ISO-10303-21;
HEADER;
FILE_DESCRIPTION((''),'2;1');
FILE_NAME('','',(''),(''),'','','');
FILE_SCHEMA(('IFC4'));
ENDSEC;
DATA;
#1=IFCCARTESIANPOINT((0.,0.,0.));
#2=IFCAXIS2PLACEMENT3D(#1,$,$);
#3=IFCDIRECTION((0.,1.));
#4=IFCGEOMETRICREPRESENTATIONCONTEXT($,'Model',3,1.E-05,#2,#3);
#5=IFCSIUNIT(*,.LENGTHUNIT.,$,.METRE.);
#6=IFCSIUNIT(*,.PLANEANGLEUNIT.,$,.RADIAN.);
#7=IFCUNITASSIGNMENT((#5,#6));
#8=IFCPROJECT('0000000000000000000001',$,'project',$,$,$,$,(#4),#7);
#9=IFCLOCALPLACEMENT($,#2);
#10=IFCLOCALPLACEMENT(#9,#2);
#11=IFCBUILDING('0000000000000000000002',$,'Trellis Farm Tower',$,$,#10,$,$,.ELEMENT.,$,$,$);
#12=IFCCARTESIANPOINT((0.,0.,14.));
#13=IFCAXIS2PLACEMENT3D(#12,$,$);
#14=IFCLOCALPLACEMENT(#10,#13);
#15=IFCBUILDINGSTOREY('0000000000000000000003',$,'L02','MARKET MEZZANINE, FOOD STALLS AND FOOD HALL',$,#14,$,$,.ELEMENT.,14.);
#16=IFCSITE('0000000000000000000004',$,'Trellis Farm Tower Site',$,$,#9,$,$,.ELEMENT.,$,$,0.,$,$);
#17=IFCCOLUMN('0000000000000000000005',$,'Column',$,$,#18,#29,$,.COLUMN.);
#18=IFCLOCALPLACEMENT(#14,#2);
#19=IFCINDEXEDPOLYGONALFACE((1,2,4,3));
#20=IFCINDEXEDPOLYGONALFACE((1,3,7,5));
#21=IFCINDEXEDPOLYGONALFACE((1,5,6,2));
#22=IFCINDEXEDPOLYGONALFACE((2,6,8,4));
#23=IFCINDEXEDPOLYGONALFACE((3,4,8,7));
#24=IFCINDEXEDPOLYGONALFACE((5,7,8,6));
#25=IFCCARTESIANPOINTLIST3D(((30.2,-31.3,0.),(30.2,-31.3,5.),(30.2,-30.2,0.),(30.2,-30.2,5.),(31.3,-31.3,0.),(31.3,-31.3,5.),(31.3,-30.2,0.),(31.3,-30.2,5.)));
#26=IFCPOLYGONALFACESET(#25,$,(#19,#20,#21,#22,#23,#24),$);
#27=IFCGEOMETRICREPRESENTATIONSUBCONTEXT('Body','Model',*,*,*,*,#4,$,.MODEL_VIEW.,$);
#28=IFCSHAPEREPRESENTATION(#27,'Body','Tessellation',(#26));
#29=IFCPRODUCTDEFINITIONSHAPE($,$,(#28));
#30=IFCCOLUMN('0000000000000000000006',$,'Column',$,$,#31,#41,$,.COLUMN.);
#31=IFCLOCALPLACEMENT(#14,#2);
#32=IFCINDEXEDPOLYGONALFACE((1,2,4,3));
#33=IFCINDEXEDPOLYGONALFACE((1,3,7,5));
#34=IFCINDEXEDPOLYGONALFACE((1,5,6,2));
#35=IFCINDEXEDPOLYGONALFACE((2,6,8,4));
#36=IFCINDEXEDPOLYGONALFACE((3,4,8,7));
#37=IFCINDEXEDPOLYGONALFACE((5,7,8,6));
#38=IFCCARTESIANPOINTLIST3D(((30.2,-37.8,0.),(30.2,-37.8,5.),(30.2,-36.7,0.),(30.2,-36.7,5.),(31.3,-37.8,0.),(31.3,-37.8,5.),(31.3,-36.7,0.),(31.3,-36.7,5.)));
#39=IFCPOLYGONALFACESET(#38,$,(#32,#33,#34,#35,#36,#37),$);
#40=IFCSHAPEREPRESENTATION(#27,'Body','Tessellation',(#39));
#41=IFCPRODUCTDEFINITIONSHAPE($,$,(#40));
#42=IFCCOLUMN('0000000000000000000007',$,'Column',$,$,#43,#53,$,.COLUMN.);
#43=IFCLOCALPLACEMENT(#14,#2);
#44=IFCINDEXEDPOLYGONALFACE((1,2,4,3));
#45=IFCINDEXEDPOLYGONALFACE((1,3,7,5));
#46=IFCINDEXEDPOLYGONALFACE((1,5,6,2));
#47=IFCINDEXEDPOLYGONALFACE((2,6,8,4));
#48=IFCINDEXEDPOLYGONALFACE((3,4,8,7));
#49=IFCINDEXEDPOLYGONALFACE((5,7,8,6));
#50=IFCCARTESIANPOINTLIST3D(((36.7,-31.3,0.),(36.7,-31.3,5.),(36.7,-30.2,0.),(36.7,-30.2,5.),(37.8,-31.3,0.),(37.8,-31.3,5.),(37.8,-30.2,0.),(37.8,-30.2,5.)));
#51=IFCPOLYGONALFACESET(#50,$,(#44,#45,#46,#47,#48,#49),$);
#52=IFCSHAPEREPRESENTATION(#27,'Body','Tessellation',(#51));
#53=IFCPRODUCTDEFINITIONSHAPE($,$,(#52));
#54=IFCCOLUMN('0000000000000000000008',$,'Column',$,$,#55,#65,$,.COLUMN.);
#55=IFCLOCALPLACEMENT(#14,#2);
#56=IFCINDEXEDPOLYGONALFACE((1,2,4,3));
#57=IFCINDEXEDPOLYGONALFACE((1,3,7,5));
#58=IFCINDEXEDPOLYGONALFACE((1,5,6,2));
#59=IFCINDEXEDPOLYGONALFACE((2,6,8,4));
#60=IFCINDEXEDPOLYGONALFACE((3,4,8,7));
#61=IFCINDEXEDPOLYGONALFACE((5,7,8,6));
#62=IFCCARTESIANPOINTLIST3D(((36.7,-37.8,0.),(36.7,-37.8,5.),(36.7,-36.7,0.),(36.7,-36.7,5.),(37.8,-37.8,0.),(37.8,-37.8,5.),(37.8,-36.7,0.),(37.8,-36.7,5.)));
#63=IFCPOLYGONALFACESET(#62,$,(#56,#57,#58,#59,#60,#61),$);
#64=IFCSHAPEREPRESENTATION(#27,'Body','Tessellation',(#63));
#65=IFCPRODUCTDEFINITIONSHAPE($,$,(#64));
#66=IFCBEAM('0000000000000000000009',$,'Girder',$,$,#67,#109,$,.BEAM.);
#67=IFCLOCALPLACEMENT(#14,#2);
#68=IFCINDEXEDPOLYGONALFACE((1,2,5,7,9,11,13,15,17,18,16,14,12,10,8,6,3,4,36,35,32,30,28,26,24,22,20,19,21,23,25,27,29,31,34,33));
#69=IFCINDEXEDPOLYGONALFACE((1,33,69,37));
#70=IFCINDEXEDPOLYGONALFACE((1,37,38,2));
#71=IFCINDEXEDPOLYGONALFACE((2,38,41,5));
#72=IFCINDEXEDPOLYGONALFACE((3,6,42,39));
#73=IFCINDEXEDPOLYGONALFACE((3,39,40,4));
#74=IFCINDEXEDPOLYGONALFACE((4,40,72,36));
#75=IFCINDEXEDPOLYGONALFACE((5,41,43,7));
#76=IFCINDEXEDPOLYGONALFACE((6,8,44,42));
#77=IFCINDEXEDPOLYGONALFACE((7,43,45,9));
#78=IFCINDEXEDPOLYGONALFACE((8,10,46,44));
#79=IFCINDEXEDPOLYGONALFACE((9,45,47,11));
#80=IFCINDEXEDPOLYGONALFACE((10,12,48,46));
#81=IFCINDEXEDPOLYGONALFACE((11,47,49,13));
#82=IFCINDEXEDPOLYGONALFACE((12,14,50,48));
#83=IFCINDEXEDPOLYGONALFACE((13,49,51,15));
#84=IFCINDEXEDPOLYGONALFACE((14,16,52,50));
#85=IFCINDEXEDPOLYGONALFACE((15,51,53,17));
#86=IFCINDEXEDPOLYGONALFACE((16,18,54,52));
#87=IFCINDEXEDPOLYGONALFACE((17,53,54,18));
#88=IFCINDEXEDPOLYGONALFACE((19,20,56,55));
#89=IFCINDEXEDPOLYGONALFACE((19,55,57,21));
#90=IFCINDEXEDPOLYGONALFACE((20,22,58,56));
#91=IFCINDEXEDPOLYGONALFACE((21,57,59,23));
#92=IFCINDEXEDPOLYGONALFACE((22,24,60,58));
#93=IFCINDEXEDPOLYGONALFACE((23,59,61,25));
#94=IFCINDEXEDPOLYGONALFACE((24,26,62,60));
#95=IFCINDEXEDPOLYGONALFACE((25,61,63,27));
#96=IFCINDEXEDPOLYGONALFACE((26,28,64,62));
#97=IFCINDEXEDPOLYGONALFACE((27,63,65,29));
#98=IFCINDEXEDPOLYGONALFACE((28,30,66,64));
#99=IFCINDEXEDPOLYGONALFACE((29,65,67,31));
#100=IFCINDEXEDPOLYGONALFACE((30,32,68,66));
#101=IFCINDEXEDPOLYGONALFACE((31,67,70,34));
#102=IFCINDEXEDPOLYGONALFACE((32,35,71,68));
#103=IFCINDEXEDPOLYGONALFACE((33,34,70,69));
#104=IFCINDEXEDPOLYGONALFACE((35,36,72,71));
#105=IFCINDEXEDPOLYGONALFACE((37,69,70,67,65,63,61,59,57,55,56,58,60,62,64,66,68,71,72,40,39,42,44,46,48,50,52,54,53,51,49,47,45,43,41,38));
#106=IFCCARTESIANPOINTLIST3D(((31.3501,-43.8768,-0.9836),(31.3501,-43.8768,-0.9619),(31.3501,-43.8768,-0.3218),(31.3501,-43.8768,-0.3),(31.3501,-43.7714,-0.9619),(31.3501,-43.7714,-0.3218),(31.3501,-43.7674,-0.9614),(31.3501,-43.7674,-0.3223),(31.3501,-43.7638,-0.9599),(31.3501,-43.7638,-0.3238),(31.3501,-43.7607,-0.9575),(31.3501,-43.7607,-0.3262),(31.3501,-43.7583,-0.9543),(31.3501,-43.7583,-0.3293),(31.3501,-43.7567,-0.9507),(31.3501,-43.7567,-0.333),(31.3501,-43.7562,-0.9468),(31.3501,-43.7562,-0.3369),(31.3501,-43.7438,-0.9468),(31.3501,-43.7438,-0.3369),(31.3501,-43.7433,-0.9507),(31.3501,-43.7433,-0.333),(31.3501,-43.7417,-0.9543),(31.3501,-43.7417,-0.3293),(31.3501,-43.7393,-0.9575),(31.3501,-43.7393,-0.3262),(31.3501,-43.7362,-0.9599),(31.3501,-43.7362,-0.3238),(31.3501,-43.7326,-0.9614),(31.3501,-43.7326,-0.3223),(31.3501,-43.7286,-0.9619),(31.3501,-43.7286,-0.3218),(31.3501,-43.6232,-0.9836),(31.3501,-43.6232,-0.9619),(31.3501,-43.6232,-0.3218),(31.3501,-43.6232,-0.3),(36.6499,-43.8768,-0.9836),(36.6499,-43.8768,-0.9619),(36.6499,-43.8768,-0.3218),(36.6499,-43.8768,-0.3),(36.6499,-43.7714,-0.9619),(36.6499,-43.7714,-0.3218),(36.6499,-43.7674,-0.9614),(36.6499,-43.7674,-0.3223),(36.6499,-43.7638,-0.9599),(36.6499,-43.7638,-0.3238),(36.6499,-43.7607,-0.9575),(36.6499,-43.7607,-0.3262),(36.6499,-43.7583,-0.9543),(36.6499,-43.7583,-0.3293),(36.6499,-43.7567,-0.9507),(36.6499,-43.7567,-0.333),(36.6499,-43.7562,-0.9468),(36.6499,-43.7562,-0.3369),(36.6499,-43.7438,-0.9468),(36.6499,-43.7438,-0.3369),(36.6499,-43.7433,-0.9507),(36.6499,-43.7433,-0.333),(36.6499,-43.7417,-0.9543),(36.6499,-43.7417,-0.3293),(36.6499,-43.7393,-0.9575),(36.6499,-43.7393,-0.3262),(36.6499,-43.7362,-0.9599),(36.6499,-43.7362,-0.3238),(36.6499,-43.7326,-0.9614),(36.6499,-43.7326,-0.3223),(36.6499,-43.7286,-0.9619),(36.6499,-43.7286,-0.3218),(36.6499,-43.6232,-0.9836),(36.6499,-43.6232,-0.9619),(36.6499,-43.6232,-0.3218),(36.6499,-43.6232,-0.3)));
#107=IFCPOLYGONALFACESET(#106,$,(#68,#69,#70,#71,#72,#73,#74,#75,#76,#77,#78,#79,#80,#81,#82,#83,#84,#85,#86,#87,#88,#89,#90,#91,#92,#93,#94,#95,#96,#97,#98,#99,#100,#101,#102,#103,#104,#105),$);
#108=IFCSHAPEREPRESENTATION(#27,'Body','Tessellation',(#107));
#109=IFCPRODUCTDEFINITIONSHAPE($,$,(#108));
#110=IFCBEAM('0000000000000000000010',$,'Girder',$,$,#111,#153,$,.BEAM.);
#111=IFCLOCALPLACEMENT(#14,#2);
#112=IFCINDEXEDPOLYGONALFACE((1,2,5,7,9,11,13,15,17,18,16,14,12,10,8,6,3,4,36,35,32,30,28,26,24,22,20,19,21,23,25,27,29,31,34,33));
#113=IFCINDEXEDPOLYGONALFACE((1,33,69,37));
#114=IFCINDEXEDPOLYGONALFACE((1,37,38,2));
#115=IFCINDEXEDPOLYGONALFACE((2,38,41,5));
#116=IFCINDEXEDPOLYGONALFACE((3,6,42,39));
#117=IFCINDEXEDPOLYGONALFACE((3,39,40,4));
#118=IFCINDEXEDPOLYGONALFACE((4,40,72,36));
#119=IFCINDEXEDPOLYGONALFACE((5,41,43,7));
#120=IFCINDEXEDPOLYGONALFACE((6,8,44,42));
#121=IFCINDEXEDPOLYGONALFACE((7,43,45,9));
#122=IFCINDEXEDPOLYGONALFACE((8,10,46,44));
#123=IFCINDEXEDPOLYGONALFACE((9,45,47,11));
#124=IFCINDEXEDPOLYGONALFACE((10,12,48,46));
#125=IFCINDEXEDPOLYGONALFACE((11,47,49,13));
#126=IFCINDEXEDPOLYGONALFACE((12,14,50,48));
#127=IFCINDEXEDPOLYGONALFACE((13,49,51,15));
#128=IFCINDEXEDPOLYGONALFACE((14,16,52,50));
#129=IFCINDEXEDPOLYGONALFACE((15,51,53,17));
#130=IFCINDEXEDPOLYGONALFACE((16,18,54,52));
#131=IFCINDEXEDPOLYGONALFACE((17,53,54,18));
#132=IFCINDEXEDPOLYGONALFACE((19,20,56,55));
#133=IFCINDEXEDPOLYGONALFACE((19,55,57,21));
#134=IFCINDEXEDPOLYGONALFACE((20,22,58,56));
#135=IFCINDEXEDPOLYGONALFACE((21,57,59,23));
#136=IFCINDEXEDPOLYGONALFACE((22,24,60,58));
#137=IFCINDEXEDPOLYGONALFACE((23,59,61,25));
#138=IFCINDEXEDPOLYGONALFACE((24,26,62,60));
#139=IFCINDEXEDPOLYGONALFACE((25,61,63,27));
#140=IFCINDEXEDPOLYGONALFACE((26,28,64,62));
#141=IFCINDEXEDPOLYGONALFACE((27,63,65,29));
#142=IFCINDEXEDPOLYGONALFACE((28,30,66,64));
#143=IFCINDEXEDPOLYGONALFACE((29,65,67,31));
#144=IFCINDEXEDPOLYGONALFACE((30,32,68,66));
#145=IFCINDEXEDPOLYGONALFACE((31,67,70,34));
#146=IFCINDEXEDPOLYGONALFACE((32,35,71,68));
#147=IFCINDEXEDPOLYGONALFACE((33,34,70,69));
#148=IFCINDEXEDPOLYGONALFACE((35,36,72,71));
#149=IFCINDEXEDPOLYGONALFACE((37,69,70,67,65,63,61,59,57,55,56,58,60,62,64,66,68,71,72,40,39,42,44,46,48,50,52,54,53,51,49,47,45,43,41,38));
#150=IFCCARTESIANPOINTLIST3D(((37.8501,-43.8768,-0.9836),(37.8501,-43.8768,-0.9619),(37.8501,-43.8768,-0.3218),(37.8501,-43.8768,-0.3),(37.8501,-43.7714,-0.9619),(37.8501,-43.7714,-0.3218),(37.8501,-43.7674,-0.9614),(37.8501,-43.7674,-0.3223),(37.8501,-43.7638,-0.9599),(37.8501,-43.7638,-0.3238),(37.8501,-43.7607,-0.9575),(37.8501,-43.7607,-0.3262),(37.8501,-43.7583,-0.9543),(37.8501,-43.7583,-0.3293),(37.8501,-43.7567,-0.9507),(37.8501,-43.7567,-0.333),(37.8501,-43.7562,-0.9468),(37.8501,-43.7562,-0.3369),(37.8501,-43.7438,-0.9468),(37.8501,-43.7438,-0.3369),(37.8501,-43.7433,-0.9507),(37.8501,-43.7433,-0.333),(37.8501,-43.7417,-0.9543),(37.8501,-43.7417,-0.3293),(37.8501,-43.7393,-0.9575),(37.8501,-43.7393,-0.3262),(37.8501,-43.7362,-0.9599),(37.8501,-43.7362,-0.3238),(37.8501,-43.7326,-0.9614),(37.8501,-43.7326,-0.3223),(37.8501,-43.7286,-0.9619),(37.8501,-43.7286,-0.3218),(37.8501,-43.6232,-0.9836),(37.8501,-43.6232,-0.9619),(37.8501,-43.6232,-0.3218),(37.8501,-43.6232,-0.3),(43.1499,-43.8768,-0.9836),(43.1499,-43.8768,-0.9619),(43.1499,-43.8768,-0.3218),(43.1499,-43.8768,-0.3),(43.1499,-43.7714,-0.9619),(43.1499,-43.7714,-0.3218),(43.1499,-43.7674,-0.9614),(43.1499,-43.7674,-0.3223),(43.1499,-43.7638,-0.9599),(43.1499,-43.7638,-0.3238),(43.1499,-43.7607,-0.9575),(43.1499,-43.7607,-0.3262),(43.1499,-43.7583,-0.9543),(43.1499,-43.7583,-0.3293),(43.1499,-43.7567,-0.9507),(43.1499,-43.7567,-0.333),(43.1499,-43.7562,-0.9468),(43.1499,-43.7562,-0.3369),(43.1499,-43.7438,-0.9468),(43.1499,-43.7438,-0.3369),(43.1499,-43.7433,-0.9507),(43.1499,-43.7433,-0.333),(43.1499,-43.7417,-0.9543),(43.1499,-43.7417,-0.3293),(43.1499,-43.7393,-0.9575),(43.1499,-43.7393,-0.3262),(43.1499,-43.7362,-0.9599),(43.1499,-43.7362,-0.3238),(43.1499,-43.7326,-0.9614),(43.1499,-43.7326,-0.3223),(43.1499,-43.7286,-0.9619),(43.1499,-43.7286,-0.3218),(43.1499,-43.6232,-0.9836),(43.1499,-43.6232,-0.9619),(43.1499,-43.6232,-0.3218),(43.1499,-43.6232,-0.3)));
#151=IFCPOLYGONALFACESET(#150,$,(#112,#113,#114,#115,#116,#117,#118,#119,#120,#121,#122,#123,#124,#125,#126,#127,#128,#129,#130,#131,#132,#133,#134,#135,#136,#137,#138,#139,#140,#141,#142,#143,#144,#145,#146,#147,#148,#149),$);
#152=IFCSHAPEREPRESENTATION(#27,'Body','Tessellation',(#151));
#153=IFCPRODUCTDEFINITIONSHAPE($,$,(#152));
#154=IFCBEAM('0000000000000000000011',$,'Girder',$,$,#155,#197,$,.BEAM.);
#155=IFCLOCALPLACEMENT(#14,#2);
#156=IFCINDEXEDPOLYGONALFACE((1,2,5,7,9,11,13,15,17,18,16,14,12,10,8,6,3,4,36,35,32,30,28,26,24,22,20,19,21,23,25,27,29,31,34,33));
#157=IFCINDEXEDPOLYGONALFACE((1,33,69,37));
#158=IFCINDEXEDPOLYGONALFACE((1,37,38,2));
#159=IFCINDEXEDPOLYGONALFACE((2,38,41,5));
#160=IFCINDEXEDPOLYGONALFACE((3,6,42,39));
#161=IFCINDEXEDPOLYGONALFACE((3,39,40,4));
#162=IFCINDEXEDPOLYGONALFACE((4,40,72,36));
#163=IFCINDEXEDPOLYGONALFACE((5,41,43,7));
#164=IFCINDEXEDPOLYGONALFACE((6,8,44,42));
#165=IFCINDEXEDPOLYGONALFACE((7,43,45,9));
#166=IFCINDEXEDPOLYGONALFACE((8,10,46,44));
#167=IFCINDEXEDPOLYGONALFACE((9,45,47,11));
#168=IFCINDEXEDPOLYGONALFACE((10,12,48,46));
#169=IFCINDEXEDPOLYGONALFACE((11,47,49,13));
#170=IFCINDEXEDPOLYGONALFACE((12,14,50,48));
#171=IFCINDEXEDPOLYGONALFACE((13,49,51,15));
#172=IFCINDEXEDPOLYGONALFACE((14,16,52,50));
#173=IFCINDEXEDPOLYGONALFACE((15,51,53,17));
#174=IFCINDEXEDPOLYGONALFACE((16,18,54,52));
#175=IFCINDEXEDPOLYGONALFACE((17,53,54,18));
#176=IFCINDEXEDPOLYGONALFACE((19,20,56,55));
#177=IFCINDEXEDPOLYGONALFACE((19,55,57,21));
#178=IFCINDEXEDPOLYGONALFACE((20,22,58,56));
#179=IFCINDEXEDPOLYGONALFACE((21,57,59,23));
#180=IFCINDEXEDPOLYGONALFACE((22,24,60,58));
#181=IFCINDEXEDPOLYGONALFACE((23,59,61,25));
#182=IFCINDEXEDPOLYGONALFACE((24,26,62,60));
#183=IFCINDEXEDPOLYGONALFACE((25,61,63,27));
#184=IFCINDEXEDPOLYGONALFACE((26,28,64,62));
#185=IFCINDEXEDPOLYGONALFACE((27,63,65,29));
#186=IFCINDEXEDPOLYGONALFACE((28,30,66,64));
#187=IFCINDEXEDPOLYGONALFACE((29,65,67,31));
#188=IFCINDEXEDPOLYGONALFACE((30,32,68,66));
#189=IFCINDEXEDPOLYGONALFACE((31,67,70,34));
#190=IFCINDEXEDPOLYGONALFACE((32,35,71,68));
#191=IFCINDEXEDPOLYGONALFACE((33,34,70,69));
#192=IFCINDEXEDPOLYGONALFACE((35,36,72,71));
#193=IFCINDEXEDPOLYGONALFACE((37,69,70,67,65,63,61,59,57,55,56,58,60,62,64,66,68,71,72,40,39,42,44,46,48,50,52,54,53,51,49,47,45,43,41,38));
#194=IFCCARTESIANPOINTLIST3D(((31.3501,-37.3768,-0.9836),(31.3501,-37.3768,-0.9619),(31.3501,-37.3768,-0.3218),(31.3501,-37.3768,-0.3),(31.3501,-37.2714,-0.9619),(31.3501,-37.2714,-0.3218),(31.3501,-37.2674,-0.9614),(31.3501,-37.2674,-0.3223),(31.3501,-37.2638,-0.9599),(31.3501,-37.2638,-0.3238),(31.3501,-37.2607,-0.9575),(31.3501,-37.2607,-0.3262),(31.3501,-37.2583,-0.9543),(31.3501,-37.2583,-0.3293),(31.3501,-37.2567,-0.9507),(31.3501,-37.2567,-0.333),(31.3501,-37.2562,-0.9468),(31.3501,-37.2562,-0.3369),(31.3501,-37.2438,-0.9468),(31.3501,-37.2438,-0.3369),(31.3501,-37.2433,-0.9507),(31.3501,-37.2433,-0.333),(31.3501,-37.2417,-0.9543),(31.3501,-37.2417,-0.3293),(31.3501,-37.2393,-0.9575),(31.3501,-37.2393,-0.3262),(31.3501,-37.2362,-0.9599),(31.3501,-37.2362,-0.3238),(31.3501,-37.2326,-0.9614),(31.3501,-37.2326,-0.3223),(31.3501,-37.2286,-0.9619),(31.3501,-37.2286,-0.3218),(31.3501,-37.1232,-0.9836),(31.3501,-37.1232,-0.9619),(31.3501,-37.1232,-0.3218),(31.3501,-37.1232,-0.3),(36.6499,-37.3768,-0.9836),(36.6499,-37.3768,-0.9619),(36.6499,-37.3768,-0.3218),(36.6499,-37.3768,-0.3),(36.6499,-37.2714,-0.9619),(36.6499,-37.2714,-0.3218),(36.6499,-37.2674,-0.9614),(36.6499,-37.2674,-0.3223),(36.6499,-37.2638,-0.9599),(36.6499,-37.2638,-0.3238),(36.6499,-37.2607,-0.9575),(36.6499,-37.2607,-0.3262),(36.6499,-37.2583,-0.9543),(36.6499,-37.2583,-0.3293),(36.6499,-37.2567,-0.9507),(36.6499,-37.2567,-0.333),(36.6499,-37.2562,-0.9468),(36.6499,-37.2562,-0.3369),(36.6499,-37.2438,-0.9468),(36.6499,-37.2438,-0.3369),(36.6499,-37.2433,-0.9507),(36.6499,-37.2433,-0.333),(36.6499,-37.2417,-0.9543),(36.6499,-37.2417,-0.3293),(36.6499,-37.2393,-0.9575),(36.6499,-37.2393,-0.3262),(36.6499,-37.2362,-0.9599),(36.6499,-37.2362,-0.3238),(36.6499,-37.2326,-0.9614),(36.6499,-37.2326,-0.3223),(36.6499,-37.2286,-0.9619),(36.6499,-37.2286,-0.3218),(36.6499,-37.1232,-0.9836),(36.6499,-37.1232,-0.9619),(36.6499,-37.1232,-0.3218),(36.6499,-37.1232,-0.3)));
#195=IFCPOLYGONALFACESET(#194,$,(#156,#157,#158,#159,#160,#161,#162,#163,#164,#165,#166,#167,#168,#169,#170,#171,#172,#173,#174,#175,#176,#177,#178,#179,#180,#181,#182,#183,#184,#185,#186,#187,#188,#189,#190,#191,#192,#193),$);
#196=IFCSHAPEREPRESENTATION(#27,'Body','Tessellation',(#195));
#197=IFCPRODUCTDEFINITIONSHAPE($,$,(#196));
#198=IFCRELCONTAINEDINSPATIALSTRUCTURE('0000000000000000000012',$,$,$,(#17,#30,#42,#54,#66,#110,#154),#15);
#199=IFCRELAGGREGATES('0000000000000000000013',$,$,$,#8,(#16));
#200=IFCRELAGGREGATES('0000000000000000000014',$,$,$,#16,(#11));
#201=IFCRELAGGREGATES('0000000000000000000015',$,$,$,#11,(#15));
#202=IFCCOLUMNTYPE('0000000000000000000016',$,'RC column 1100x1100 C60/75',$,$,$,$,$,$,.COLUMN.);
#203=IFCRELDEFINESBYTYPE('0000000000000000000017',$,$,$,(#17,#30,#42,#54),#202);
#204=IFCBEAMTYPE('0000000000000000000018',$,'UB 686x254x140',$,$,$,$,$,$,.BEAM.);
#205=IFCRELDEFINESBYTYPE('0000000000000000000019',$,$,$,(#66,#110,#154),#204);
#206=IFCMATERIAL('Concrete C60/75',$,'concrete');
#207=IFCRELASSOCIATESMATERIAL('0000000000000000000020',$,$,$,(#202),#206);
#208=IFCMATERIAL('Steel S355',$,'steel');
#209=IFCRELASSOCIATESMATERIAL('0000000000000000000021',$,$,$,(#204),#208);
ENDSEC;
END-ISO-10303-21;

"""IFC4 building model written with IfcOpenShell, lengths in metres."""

from ifc_helpers import new_model, si_unit, direction, frame, origin, origin_2d, place, context, subcontext, project, spatial, rectangle, i_section, extrude, source, transform, mapped, material, material_profile, profile_set, type_object, element, save


model = new_model("IFC4")

# Units and contexts
model_context = context("Model", 3, precision=1e-05, world=origin(), true_north=direction((0.0, 1.0)))
body_context = subcontext(model_context, "Body", "Model", "MODEL_VIEW")
ifc_project = project(units=[si_unit("LENGTHUNIT", "METRE"), si_unit("PLANEANGLEUNIT", "RADIAN")], contexts=[model_context])

# Site, building, storey
site_placement = place(None, origin())
site = spatial("IfcSite", under=ifc_project, at=site_placement, Name="Trellis Farm Tower Site", CompositionType="ELEMENT", RefElevation=0.0)
building_placement = place(site_placement, origin())
building = spatial("IfcBuilding", under=site, at=building_placement, Name="Trellis Farm Tower", CompositionType="ELEMENT")
storey_placement = place(building_placement, frame((0.0, 0.0, 14.0)))
storey = spatial("IfcBuildingStorey", under=building, at=storey_placement, Name="L02", Description="MARKET MEZZANINE, FOOD STALLS AND FOOD HALL", CompositionType="ELEMENT", Elevation=14.0)

# Columns
ifc_material_1 = material(Name="Concrete C60/75", Category="concrete")
ifc_material_profile_1 = material_profile(ifc_material_1, rectangle(XDim=1.1001, YDim=1.1001, at=origin_2d()), Name="RC column 1100x1100 C60/75")
ifc_profile_set_1 = profile_set([ifc_material_profile_1], Name="Concrete C60/75")
column_type = type_object("IfcColumnType", Name="RC column 1100x1100 C60/75", PredefinedType="COLUMN", material=ifc_profile_set_1)
shared_shape_1 = source(origin(), body_context, "Body", "SweptSolid", [
    extrude(rectangle(XDim=1.1001, YDim=1.1001, at=origin_2d()), origin(), (0.0, 0.0, 1.0), 5.0),
])
for number, where, z_axis, x_axis, name in (
    (1, (30.75, -30.75, 0.0), (0.0, 0.0, 1.0), (1.0, 0.0, 0.0), "Column"),
    (2, (30.75, -37.25, 0.0), (0.0, 0.0, 1.0), (1.0, 0.0, 0.0), "Column"),
    (3, (37.25, -30.75, 0.0), (0.0, 0.0, 1.0), (1.0, 0.0, 0.0), "Column"),
    (4, (37.25, -37.25, 0.0), (0.0, 0.0, 1.0), (1.0, 0.0, 0.0), "Column"),
):
    element("IfcColumn", number, at=place(storey_placement, frame(where, z_axis=z_axis, x_axis=x_axis)), inside=storey, type_object=column_type, Name=name, PredefinedType="COLUMN", context=body_context, shape_type="MappedRepresentation", body=[
        mapped(shared_shape_1, transform((0.0, 0.0, 0.0))),
    ])

# Beams
ifc_material_2 = material(Name="Steel S355", Category="steel")
ifc_material_profile_2 = material_profile(ifc_material_2, i_section(OverallWidth=0.2537, OverallDepth=0.6836, WebThickness=0.0125, FlangeThickness=0.0217, FilletRadius=0.0151, at=origin_2d()), Name="UB 686x254x140")
ifc_profile_set_2 = profile_set([ifc_material_profile_2], Name="Steel S355")
beam_type_1 = type_object("IfcBeamType", Name="UB 686x254x140", PredefinedType="BEAM", material=ifc_profile_set_2)
shared_shape_2 = source(origin(), body_context, "Body", "SweptSolid", [
    extrude(i_section(OverallWidth=0.2537, OverallDepth=0.6836, WebThickness=0.0125, FlangeThickness=0.0217, FilletRadius=0.0151, at=origin_2d()), origin(), (0.0, 0.0, 1.0), 5.2998),
])
for number, where, z_axis, x_axis, name in (
    (5, (31.3501, -43.75, -0.6418), (1.0, 0.0, 0.0), (0.0, 1.0, 0.0), "Girder"),
    (6, (37.8501, -43.75, -0.6418), (1.0, 0.0, 0.0), (0.0, 1.0, 0.0), "Girder"),
    (7, (31.3501, -37.25, -0.6418), (1.0, 0.0, 0.0), (0.0, 1.0, 0.0), "Girder"),
):
    element("IfcBeam", number, at=place(storey_placement, frame(where, z_axis=z_axis, x_axis=x_axis)), inside=storey, type_object=beam_type_1, Name=name, PredefinedType="BEAM", context=body_context, shape_type="MappedRepresentation", body=[
        mapped(shared_shape_2, transform((0.0, 0.0, 0.0))),
    ])

save(model, "model.ifc")
